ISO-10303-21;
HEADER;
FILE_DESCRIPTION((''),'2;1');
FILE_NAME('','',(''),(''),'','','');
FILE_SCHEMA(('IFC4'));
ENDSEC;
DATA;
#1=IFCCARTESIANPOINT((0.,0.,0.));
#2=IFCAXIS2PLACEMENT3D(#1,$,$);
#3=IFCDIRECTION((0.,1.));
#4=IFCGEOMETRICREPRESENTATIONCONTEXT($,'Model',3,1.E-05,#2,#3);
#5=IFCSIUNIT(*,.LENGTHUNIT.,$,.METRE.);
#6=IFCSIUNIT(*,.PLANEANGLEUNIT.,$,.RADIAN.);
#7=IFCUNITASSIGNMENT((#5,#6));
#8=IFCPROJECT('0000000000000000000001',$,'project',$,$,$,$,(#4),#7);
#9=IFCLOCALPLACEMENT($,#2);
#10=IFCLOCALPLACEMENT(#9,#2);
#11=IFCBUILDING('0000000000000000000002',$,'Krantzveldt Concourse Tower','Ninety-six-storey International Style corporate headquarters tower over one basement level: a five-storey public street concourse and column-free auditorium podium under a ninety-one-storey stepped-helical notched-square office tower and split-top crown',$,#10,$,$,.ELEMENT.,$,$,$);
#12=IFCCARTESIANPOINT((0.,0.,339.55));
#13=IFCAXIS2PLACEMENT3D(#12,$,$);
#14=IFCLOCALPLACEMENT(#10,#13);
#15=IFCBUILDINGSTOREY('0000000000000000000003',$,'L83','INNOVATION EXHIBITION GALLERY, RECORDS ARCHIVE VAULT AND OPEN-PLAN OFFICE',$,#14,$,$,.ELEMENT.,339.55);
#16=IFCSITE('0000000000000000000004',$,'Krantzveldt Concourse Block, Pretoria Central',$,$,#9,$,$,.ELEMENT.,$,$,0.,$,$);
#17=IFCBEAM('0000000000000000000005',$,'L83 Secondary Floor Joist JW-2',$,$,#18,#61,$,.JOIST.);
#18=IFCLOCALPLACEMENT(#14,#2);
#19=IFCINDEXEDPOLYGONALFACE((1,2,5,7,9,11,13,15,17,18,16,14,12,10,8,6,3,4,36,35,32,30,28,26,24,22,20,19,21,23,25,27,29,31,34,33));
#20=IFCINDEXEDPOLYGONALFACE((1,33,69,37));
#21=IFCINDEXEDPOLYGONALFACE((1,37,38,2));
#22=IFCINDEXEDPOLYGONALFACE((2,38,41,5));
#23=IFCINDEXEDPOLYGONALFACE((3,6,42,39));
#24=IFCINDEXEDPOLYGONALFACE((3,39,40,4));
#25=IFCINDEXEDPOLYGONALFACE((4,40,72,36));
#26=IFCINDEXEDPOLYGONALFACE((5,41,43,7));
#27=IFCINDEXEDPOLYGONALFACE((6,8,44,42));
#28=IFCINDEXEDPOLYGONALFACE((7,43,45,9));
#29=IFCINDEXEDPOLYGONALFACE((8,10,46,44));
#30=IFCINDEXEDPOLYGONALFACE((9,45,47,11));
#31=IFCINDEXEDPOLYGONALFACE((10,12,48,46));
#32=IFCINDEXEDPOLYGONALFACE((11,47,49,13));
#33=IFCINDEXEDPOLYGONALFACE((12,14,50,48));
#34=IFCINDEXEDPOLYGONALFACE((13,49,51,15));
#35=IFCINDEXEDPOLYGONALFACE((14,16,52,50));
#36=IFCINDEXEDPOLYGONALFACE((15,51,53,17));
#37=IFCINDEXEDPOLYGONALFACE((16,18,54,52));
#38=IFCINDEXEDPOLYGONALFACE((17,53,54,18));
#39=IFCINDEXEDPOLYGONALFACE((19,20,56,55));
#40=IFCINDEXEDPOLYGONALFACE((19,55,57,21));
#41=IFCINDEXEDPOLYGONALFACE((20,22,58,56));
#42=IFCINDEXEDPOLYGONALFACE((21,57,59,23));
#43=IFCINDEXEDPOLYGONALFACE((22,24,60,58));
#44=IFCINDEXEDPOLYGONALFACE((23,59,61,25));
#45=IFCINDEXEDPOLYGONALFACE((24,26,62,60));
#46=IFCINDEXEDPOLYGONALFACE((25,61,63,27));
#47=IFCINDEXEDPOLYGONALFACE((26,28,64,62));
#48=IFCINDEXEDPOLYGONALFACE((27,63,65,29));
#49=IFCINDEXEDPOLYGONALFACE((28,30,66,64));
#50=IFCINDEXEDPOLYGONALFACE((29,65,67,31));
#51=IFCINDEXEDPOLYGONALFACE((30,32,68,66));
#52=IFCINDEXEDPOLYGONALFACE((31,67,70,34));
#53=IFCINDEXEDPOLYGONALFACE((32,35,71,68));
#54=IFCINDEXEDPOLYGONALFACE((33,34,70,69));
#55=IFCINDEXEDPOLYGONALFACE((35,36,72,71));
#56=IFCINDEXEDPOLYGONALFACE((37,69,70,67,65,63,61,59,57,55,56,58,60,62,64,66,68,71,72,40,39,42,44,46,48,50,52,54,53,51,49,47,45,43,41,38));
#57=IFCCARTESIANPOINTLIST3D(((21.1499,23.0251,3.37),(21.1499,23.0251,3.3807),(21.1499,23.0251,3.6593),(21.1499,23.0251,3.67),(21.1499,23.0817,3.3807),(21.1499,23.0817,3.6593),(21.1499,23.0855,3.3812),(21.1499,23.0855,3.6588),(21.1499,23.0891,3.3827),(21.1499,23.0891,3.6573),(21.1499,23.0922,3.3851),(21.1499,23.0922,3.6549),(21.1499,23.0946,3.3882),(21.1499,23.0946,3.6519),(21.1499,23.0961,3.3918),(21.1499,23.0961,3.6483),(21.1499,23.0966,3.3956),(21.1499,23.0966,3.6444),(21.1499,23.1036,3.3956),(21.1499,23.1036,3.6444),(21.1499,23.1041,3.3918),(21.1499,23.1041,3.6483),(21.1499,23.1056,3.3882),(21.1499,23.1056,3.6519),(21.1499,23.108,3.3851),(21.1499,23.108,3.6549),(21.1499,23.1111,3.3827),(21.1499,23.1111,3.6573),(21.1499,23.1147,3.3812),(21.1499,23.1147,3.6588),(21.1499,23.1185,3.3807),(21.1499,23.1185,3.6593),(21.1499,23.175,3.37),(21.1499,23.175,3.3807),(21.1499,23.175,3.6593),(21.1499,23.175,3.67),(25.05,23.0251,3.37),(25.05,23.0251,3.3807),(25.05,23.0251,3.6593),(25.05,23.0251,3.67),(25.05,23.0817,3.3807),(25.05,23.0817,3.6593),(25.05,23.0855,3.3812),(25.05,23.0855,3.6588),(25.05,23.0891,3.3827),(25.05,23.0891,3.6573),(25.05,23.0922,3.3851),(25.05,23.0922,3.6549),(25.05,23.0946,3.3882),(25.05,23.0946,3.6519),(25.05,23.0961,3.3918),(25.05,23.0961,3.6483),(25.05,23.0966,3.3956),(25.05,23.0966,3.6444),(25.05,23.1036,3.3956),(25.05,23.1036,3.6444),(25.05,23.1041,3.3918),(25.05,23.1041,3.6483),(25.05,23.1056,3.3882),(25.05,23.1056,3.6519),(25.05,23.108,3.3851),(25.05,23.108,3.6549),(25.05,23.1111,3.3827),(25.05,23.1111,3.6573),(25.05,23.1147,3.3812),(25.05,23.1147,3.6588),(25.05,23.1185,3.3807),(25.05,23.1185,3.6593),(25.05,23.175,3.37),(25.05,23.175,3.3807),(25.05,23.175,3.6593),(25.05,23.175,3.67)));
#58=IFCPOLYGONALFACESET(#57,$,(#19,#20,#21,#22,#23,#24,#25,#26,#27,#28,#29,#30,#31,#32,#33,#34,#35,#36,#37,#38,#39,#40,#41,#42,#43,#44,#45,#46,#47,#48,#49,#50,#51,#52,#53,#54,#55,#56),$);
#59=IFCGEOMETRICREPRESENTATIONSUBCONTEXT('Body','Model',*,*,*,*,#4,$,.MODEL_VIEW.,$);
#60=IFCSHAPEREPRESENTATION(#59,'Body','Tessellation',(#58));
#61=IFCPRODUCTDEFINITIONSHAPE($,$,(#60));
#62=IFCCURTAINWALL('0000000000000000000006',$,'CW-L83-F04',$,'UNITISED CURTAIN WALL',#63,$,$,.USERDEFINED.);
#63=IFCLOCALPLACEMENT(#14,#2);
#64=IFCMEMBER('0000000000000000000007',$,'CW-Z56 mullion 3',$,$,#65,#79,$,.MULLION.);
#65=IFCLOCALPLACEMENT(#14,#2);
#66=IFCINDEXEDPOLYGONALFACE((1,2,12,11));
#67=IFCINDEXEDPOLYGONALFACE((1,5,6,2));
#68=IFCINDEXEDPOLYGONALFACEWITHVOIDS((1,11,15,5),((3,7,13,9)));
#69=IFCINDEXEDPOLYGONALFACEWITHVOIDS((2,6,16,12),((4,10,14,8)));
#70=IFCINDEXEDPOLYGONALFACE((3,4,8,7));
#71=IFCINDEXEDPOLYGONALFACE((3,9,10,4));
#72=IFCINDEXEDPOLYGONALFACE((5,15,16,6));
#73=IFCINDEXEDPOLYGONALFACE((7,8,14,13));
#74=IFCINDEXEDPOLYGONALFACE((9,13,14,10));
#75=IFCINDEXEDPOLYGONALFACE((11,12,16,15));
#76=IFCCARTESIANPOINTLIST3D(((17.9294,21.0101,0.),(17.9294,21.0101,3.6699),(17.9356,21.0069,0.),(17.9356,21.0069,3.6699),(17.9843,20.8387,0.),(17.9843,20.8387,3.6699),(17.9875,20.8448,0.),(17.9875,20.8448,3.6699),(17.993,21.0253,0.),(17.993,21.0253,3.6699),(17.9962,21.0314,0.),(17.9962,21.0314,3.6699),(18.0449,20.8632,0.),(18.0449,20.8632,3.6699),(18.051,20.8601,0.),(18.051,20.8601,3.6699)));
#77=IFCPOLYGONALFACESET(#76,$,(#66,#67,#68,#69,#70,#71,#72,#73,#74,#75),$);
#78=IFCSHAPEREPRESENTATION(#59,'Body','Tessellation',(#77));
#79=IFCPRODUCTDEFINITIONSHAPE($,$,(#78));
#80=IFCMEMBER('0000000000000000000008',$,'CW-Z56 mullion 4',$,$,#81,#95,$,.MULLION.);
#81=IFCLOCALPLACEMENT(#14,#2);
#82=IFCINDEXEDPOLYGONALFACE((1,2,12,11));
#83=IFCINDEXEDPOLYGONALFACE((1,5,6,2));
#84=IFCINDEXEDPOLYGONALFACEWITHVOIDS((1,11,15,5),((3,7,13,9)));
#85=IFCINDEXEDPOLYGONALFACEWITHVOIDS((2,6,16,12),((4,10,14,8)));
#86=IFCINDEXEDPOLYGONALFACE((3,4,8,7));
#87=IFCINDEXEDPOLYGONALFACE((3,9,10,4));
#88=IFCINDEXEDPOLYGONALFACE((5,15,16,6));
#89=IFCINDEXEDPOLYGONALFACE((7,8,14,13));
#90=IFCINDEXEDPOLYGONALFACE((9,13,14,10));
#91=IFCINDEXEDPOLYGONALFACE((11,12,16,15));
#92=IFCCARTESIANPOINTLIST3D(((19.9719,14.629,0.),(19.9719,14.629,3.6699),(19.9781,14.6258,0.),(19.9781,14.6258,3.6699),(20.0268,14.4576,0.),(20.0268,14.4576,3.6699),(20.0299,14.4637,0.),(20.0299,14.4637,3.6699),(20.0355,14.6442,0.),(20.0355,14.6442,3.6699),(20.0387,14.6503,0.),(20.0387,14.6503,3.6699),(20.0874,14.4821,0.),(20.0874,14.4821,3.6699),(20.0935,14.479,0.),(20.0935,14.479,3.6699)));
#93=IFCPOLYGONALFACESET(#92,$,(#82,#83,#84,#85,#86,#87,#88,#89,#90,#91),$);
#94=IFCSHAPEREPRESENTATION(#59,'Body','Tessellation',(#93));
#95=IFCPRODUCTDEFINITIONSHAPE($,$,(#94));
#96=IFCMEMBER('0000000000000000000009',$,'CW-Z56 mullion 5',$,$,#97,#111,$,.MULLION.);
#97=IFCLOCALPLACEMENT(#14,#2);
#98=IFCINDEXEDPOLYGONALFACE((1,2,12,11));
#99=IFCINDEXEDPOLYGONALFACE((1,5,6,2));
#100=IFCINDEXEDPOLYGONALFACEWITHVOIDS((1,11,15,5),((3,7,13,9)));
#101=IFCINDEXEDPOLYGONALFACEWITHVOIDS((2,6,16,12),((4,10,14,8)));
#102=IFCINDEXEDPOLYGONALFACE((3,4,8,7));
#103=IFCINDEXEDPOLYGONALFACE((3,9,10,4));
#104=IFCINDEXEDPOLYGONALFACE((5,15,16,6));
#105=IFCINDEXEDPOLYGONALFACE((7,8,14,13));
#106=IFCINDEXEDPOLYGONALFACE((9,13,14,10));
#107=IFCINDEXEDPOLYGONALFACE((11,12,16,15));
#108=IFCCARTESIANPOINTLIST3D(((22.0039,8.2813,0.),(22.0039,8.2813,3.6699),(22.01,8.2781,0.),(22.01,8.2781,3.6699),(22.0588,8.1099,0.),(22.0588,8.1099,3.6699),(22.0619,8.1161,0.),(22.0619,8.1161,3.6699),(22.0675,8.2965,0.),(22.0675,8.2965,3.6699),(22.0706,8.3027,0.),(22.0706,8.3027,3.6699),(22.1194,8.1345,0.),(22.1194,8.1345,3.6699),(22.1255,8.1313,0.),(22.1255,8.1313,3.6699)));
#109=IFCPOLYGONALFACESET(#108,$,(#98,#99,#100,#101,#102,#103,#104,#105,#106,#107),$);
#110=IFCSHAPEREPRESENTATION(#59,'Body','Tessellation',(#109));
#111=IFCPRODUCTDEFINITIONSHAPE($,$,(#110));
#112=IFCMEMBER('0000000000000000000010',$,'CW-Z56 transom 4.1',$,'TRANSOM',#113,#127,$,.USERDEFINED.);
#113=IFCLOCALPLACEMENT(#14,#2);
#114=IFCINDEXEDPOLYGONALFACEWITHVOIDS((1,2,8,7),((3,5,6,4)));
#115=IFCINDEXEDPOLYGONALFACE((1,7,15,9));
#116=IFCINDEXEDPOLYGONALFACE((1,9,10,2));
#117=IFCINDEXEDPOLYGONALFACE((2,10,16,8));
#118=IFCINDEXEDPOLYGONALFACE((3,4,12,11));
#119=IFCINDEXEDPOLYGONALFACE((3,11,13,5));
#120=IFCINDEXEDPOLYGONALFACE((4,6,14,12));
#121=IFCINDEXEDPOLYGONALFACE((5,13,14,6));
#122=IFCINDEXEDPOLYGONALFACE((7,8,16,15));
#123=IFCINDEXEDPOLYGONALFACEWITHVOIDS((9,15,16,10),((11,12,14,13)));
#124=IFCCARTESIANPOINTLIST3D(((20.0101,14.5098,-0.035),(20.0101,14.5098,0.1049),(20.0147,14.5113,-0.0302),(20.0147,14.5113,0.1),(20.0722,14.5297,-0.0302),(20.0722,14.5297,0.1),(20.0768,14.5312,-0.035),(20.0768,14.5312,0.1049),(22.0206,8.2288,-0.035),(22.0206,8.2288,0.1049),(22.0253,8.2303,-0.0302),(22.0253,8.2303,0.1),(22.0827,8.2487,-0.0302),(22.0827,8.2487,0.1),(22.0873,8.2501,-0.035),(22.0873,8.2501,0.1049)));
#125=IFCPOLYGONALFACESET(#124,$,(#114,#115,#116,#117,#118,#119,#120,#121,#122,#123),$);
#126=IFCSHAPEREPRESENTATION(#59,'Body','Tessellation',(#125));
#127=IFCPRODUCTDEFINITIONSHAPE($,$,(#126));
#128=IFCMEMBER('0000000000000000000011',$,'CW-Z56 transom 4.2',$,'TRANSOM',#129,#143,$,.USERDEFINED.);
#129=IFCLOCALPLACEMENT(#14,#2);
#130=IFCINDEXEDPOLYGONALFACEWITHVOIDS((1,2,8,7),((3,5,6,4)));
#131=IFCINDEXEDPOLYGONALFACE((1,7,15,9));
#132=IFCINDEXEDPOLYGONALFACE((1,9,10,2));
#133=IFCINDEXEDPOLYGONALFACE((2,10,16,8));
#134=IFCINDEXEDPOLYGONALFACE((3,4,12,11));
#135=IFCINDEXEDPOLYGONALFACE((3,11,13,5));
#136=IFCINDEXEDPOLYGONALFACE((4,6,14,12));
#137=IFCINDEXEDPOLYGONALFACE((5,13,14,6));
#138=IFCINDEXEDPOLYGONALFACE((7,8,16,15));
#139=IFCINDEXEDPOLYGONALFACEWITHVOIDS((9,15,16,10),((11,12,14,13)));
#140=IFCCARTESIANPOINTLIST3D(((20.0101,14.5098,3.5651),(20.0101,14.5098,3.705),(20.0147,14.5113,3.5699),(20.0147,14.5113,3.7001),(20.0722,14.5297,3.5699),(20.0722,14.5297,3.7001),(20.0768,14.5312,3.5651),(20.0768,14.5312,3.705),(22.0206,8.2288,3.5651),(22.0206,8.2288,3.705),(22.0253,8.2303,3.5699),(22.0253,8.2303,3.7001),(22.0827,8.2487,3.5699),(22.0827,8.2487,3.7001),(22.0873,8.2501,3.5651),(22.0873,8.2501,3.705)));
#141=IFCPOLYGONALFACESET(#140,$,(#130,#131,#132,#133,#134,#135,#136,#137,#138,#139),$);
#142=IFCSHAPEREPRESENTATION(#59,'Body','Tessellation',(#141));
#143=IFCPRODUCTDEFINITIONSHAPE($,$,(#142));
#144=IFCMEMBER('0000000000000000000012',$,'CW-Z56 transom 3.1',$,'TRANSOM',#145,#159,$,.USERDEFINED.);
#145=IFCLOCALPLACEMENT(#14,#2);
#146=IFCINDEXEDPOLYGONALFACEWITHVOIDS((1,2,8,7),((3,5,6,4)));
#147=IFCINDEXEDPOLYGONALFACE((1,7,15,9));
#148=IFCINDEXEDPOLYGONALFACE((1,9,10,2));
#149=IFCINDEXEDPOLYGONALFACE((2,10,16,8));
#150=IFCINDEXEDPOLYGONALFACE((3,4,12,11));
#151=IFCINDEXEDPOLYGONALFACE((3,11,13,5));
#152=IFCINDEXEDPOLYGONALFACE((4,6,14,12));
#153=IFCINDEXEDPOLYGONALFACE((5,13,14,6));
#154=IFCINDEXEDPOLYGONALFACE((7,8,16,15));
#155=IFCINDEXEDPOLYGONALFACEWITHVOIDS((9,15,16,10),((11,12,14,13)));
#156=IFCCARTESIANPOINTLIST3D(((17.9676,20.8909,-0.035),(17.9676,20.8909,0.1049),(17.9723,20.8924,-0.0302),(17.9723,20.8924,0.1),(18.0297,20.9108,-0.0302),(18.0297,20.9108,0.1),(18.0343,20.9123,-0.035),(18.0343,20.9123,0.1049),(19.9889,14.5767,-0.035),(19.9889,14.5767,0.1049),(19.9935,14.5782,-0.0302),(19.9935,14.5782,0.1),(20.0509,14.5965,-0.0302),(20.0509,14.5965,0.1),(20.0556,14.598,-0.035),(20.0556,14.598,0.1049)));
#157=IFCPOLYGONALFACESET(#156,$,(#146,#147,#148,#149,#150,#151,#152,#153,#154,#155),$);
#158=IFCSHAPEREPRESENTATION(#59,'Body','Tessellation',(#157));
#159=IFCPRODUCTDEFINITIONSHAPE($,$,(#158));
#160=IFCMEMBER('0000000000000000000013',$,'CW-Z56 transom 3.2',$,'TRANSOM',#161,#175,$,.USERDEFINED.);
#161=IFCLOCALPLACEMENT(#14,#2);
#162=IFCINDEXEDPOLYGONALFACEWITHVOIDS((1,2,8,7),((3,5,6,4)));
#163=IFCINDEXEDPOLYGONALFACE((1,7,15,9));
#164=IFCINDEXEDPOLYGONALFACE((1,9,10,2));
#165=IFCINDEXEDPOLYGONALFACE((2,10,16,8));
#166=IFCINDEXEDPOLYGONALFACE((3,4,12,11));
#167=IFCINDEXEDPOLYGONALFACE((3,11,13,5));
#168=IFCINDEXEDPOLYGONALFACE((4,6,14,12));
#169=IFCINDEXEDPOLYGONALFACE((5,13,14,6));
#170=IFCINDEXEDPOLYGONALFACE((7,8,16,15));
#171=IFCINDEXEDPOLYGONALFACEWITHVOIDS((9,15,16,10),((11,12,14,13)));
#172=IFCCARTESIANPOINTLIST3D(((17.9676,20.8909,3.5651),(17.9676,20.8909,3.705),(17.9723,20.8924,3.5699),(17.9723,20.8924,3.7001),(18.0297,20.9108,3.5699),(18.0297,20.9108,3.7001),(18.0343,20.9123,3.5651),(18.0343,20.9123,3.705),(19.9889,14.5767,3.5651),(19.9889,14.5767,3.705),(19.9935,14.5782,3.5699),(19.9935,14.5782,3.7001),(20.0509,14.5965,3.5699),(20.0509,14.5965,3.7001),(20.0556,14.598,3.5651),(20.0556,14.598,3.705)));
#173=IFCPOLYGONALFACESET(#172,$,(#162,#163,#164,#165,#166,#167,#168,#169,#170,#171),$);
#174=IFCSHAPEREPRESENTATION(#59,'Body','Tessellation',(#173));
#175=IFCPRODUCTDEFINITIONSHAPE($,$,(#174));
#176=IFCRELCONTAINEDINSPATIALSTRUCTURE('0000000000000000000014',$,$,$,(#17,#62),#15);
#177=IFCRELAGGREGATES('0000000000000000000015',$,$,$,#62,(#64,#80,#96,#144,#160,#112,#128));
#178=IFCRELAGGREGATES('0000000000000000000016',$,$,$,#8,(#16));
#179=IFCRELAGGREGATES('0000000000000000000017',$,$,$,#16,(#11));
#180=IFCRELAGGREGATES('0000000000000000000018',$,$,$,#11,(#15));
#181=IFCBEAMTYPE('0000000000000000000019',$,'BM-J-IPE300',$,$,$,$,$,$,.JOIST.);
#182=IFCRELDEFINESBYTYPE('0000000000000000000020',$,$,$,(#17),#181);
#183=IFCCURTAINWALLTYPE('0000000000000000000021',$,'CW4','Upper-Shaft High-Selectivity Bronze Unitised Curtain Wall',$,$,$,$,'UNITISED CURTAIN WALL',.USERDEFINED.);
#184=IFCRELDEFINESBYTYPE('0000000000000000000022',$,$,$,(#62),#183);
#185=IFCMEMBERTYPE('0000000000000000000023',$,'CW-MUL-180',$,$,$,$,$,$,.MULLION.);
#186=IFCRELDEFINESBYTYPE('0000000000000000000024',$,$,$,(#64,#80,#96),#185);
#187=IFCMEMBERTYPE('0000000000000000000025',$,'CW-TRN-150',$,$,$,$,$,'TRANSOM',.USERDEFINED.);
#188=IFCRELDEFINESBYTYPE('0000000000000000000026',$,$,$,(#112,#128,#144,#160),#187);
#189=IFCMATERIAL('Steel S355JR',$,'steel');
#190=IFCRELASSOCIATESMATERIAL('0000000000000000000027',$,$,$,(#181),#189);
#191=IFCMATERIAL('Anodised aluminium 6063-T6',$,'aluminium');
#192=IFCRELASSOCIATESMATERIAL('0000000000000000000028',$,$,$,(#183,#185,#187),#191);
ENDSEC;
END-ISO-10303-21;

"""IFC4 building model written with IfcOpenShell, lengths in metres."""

from ifc_helpers import new_model, si_unit, direction, frame, origin, origin_2d, place, context, subcontext, project, spatial, hollow_rectangle, i_section, extrude, source, transform, mapped, material, material_profile, profile_set, type_object, type_shapes, element, aggregate, save


model = new_model("IFC4")

# Units and contexts
model_context = context("Model", 3, precision=1e-05, world=origin(), true_north=direction((0.0, 1.0)))
body_context = subcontext(model_context, "Body", "Model", "MODEL_VIEW")
ifc_project = project(units=[si_unit("LENGTHUNIT", "METRE"), si_unit("PLANEANGLEUNIT", "RADIAN")], contexts=[model_context])

# Site, building, storey
site_placement = place(None, origin())
site = spatial("IfcSite", under=ifc_project, at=site_placement, Name="Krantzveldt Concourse Block, Pretoria Central", CompositionType="ELEMENT", RefElevation=0.0)
building_placement = place(site_placement, origin())
building = spatial("IfcBuilding", under=site, at=building_placement, Name="Krantzveldt Concourse Tower", Description="Ninety-six-storey International Style corporate headquarters tower over one basement level: a five-storey public street concourse and column-free auditorium podium under a ninety-one-storey stepped-helical notched-square office tower and split-top crown", CompositionType="ELEMENT")
storey_placement = place(building_placement, frame((0.0, 0.0, 339.55)))
storey = spatial("IfcBuildingStorey", under=building, at=storey_placement, Name="L83", Description="INNOVATION EXHIBITION GALLERY, RECORDS ARCHIVE VAULT AND OPEN-PLAN OFFICE", CompositionType="ELEMENT", Elevation=339.55)

# Beam
ifc_material_1 = material(Name="Steel S355JR", Category="steel")
ifc_material_profile_1 = material_profile(ifc_material_1, i_section(OverallWidth=0.1499, OverallDepth=0.3, WebThickness=0.0071, FlangeThickness=0.0107, FilletRadius=0.0149, at=origin_2d()), Name="Steel S355JR", Category="steel")
ifc_profile_set_1 = profile_set([ifc_material_profile_1], Name="Steel S355JR - IPE 300")
beam_type_1 = type_object("IfcBeamType", Name="BM-J-IPE300", PredefinedType="JOIST", material=ifc_profile_set_1)
shared_shape_1 = source(origin(), body_context, "Body", "SweptSolid", [
    extrude(i_section(OverallWidth=0.1499, OverallDepth=0.3, WebThickness=0.0071, FlangeThickness=0.0107, FilletRadius=0.0149, at=origin_2d()), origin(), (0.0, 0.0, 1.0), 3.9001),
])
type_shapes(beam_type_1, [shared_shape_1])
for number, where, z_axis, x_axis, name in (
    (1, (21.1499, 23.1001, 3.52), (1.0, 0.0, 0.0), (0.0, 1.0, 0.0), "L83 Secondary Floor Joist JW-2"),
):
    element("IfcBeam", number, at=place(storey_placement, frame(where, z_axis=z_axis, x_axis=x_axis)), inside=storey, type_object=beam_type_1, Name=name, PredefinedType="JOIST", context=body_context, shape_type="MappedRepresentation", body=[
        mapped(shared_shape_1, transform((0.0, 0.0, 0.0), x_axis=(1.0, 0.0, 0.0), y_axis=(0.0, 1.0, 0.0), z_axis=(0.0, 0.0, 1.0), scale=1.0)),
    ])

# Curtain wall, members
ifc_material_2 = material(Name="Anodised aluminium 6063-T6", Category="aluminium")
curtain_wall_type = type_object("IfcCurtainWallType", Name="CW4", Description="Upper-Shaft High-Selectivity Bronze Unitised Curtain Wall", ElementType="UNITISED CURTAIN WALL", PredefinedType="USERDEFINED", material=ifc_material_2)
curtain_wall_placement = place(storey_placement, origin())
curtain_wall = element("IfcCurtainWall", 2, at=curtain_wall_placement, inside=storey, type_object=curtain_wall_type, Name="CW-L83-F04", ObjectType="UNITISED CURTAIN WALL", PredefinedType="USERDEFINED")
ifc_material_profile_2 = material_profile(ifc_material_2, hollow_rectangle(XDim=0.0701, YDim=0.1799, WallThickness=0.0049, at=origin_2d()), Name="Anodised aluminium 6063-T6", Category="aluminium")
ifc_profile_set_2 = profile_set([ifc_material_profile_2], Name="Anodised aluminium 6063-T6 - ALU-MULL 180x70x5")
member_type_1 = type_object("IfcMemberType", Name="CW-MUL-180", PredefinedType="MULLION", material=ifc_profile_set_2)
shared_shape_2 = source(origin(), body_context, "Body", "SweptSolid", [
    extrude(hollow_rectangle(XDim=0.0701, YDim=0.1799, WallThickness=0.0049, at=origin_2d()), origin(), (0.0, 0.0, 1.0), 3.6699),
])
type_shapes(member_type_1, [shared_shape_2])
member_1_placement = place(storey_placement, frame((17.9902, 20.9351, 0.0), z_axis=(0.0, 0.0, 1.0), x_axis=(0.952396, 0.304864, 0.0)))
member_1 = element("IfcMember", 3, at=member_1_placement, type_object=member_type_1, Name="CW-Z56 mullion 3", PredefinedType="MULLION", context=body_context, shape_type="MappedRepresentation", body=[
    mapped(shared_shape_2, transform((0.0, 0.0, 0.0), x_axis=(1.0, 0.0, 0.0), y_axis=(0.0, 1.0, 0.0), z_axis=(0.0, 0.0, 1.0), scale=1.0)),
])
member_2_placement = place(storey_placement, frame((20.0327, 14.554, 0.0), z_axis=(0.0, 0.0, 1.0), x_axis=(0.952396, 0.304864, 0.0)))
member_2 = element("IfcMember", 4, at=member_2_placement, type_object=member_type_1, Name="CW-Z56 mullion 4", PredefinedType="MULLION", context=body_context, shape_type="MappedRepresentation", body=[
    mapped(shared_shape_2, transform((0.0, 0.0, 0.0), x_axis=(1.0, 0.0, 0.0), y_axis=(0.0, 1.0, 0.0), z_axis=(0.0, 0.0, 1.0), scale=1.0)),
])
member_3_placement = place(storey_placement, frame((22.0647, 8.2063, 0.0), z_axis=(0.0, 0.0, 1.0), x_axis=(0.952396, 0.304864, 0.0)))
member_3 = element("IfcMember", 5, at=member_3_placement, type_object=member_type_1, Name="CW-Z56 mullion 5", PredefinedType="MULLION", context=body_context, shape_type="MappedRepresentation", body=[
    mapped(shared_shape_2, transform((0.0, 0.0, 0.0), x_axis=(1.0, 0.0, 0.0), y_axis=(0.0, 1.0, 0.0), z_axis=(0.0, 0.0, 1.0), scale=1.0)),
])
ifc_material_profile_3 = material_profile(ifc_material_2, hollow_rectangle(XDim=0.0701, YDim=0.1399, WallThickness=0.0049, at=origin_2d()), Name="Anodised aluminium 6063-T6", Category="aluminium")
ifc_profile_set_3 = profile_set([ifc_material_profile_3], Name="Anodised aluminium 6063-T6 - ALU-TRAN 140x70x5")
member_type_2 = type_object("IfcMemberType", Name="CW-TRN-150", ElementType="TRANSOM", PredefinedType="USERDEFINED", material=ifc_profile_set_3)
shared_shape_3 = source(origin(), body_context, "Body", "SweptSolid", [
    extrude(hollow_rectangle(XDim=0.0701, YDim=0.1399, WallThickness=0.0049, at=origin_2d()), origin(), (0.0, 0.0, 1.0), 6.595),
])
member_4_placement = place(storey_placement, frame((20.0435, 14.5205, 0.0349), z_axis=(0.304855, -0.952399, 0.0), x_axis=(0.952399, 0.304855, 0.0)))
member_4 = element("IfcMember", 6, at=member_4_placement, type_object=member_type_2, Name="CW-Z56 transom 4.1", ObjectType="TRANSOM", PredefinedType="USERDEFINED", context=body_context, shape_type="MappedRepresentation", body=[
    mapped(shared_shape_3, transform((0.0, 0.0, 0.0), x_axis=(1.0, 0.0, 0.0), y_axis=(0.0, 1.0, 0.0), z_axis=(0.0, 0.0, 1.0), scale=1.0)),
])
member_5_placement = place(storey_placement, frame((20.0435, 14.5205, 3.635), z_axis=(0.304855, -0.952399, 0.0), x_axis=(0.952399, 0.304855, 0.0)))
member_5 = element("IfcMember", 7, at=member_5_placement, type_object=member_type_2, Name="CW-Z56 transom 4.2", ObjectType="TRANSOM", PredefinedType="USERDEFINED", context=body_context, shape_type="MappedRepresentation", body=[
    mapped(shared_shape_3, transform((0.0, 0.0, 0.0), x_axis=(1.0, 0.0, 0.0), y_axis=(0.0, 1.0, 0.0), z_axis=(0.0, 0.0, 1.0), scale=1.0)),
])
shared_shape_4 = source(origin(), body_context, "Body", "SweptSolid", [
    extrude(hollow_rectangle(XDim=0.0701, YDim=0.1399, WallThickness=0.0049, at=origin_2d()), origin(), (0.0, 0.0, 1.0), 6.6299),
])
type_shapes(member_type_2, [shared_shape_3, shared_shape_4])
member_6_placement = place(storey_placement, frame((18.001, 20.9016, 0.0349), z_axis=(0.304871, -0.952394, 0.0), x_axis=(0.952394, 0.304871, 0.0)))
member_6 = element("IfcMember", 8, at=member_6_placement, type_object=member_type_2, Name="CW-Z56 transom 3.1", ObjectType="TRANSOM", PredefinedType="USERDEFINED", context=body_context, shape_type="MappedRepresentation", body=[
    mapped(shared_shape_4, transform((0.0, 0.0, 0.0), x_axis=(1.0, 0.0, 0.0), y_axis=(0.0, 1.0, 0.0), z_axis=(0.0, 0.0, 1.0), scale=1.0)),
])
member_7_placement = place(storey_placement, frame((18.001, 20.9016, 3.635), z_axis=(0.304871, -0.952394, 0.0), x_axis=(0.952394, 0.304871, 0.0)))
member_7 = element("IfcMember", 9, at=member_7_placement, type_object=member_type_2, Name="CW-Z56 transom 3.2", ObjectType="TRANSOM", PredefinedType="USERDEFINED", context=body_context, shape_type="MappedRepresentation", body=[
    mapped(shared_shape_4, transform((0.0, 0.0, 0.0), x_axis=(1.0, 0.0, 0.0), y_axis=(0.0, 1.0, 0.0), z_axis=(0.0, 0.0, 1.0), scale=1.0)),
])

aggregate(curtain_wall, [member_1, member_2, member_3, member_6, member_7, member_4, member_5])

save(model, "model.ifc")
